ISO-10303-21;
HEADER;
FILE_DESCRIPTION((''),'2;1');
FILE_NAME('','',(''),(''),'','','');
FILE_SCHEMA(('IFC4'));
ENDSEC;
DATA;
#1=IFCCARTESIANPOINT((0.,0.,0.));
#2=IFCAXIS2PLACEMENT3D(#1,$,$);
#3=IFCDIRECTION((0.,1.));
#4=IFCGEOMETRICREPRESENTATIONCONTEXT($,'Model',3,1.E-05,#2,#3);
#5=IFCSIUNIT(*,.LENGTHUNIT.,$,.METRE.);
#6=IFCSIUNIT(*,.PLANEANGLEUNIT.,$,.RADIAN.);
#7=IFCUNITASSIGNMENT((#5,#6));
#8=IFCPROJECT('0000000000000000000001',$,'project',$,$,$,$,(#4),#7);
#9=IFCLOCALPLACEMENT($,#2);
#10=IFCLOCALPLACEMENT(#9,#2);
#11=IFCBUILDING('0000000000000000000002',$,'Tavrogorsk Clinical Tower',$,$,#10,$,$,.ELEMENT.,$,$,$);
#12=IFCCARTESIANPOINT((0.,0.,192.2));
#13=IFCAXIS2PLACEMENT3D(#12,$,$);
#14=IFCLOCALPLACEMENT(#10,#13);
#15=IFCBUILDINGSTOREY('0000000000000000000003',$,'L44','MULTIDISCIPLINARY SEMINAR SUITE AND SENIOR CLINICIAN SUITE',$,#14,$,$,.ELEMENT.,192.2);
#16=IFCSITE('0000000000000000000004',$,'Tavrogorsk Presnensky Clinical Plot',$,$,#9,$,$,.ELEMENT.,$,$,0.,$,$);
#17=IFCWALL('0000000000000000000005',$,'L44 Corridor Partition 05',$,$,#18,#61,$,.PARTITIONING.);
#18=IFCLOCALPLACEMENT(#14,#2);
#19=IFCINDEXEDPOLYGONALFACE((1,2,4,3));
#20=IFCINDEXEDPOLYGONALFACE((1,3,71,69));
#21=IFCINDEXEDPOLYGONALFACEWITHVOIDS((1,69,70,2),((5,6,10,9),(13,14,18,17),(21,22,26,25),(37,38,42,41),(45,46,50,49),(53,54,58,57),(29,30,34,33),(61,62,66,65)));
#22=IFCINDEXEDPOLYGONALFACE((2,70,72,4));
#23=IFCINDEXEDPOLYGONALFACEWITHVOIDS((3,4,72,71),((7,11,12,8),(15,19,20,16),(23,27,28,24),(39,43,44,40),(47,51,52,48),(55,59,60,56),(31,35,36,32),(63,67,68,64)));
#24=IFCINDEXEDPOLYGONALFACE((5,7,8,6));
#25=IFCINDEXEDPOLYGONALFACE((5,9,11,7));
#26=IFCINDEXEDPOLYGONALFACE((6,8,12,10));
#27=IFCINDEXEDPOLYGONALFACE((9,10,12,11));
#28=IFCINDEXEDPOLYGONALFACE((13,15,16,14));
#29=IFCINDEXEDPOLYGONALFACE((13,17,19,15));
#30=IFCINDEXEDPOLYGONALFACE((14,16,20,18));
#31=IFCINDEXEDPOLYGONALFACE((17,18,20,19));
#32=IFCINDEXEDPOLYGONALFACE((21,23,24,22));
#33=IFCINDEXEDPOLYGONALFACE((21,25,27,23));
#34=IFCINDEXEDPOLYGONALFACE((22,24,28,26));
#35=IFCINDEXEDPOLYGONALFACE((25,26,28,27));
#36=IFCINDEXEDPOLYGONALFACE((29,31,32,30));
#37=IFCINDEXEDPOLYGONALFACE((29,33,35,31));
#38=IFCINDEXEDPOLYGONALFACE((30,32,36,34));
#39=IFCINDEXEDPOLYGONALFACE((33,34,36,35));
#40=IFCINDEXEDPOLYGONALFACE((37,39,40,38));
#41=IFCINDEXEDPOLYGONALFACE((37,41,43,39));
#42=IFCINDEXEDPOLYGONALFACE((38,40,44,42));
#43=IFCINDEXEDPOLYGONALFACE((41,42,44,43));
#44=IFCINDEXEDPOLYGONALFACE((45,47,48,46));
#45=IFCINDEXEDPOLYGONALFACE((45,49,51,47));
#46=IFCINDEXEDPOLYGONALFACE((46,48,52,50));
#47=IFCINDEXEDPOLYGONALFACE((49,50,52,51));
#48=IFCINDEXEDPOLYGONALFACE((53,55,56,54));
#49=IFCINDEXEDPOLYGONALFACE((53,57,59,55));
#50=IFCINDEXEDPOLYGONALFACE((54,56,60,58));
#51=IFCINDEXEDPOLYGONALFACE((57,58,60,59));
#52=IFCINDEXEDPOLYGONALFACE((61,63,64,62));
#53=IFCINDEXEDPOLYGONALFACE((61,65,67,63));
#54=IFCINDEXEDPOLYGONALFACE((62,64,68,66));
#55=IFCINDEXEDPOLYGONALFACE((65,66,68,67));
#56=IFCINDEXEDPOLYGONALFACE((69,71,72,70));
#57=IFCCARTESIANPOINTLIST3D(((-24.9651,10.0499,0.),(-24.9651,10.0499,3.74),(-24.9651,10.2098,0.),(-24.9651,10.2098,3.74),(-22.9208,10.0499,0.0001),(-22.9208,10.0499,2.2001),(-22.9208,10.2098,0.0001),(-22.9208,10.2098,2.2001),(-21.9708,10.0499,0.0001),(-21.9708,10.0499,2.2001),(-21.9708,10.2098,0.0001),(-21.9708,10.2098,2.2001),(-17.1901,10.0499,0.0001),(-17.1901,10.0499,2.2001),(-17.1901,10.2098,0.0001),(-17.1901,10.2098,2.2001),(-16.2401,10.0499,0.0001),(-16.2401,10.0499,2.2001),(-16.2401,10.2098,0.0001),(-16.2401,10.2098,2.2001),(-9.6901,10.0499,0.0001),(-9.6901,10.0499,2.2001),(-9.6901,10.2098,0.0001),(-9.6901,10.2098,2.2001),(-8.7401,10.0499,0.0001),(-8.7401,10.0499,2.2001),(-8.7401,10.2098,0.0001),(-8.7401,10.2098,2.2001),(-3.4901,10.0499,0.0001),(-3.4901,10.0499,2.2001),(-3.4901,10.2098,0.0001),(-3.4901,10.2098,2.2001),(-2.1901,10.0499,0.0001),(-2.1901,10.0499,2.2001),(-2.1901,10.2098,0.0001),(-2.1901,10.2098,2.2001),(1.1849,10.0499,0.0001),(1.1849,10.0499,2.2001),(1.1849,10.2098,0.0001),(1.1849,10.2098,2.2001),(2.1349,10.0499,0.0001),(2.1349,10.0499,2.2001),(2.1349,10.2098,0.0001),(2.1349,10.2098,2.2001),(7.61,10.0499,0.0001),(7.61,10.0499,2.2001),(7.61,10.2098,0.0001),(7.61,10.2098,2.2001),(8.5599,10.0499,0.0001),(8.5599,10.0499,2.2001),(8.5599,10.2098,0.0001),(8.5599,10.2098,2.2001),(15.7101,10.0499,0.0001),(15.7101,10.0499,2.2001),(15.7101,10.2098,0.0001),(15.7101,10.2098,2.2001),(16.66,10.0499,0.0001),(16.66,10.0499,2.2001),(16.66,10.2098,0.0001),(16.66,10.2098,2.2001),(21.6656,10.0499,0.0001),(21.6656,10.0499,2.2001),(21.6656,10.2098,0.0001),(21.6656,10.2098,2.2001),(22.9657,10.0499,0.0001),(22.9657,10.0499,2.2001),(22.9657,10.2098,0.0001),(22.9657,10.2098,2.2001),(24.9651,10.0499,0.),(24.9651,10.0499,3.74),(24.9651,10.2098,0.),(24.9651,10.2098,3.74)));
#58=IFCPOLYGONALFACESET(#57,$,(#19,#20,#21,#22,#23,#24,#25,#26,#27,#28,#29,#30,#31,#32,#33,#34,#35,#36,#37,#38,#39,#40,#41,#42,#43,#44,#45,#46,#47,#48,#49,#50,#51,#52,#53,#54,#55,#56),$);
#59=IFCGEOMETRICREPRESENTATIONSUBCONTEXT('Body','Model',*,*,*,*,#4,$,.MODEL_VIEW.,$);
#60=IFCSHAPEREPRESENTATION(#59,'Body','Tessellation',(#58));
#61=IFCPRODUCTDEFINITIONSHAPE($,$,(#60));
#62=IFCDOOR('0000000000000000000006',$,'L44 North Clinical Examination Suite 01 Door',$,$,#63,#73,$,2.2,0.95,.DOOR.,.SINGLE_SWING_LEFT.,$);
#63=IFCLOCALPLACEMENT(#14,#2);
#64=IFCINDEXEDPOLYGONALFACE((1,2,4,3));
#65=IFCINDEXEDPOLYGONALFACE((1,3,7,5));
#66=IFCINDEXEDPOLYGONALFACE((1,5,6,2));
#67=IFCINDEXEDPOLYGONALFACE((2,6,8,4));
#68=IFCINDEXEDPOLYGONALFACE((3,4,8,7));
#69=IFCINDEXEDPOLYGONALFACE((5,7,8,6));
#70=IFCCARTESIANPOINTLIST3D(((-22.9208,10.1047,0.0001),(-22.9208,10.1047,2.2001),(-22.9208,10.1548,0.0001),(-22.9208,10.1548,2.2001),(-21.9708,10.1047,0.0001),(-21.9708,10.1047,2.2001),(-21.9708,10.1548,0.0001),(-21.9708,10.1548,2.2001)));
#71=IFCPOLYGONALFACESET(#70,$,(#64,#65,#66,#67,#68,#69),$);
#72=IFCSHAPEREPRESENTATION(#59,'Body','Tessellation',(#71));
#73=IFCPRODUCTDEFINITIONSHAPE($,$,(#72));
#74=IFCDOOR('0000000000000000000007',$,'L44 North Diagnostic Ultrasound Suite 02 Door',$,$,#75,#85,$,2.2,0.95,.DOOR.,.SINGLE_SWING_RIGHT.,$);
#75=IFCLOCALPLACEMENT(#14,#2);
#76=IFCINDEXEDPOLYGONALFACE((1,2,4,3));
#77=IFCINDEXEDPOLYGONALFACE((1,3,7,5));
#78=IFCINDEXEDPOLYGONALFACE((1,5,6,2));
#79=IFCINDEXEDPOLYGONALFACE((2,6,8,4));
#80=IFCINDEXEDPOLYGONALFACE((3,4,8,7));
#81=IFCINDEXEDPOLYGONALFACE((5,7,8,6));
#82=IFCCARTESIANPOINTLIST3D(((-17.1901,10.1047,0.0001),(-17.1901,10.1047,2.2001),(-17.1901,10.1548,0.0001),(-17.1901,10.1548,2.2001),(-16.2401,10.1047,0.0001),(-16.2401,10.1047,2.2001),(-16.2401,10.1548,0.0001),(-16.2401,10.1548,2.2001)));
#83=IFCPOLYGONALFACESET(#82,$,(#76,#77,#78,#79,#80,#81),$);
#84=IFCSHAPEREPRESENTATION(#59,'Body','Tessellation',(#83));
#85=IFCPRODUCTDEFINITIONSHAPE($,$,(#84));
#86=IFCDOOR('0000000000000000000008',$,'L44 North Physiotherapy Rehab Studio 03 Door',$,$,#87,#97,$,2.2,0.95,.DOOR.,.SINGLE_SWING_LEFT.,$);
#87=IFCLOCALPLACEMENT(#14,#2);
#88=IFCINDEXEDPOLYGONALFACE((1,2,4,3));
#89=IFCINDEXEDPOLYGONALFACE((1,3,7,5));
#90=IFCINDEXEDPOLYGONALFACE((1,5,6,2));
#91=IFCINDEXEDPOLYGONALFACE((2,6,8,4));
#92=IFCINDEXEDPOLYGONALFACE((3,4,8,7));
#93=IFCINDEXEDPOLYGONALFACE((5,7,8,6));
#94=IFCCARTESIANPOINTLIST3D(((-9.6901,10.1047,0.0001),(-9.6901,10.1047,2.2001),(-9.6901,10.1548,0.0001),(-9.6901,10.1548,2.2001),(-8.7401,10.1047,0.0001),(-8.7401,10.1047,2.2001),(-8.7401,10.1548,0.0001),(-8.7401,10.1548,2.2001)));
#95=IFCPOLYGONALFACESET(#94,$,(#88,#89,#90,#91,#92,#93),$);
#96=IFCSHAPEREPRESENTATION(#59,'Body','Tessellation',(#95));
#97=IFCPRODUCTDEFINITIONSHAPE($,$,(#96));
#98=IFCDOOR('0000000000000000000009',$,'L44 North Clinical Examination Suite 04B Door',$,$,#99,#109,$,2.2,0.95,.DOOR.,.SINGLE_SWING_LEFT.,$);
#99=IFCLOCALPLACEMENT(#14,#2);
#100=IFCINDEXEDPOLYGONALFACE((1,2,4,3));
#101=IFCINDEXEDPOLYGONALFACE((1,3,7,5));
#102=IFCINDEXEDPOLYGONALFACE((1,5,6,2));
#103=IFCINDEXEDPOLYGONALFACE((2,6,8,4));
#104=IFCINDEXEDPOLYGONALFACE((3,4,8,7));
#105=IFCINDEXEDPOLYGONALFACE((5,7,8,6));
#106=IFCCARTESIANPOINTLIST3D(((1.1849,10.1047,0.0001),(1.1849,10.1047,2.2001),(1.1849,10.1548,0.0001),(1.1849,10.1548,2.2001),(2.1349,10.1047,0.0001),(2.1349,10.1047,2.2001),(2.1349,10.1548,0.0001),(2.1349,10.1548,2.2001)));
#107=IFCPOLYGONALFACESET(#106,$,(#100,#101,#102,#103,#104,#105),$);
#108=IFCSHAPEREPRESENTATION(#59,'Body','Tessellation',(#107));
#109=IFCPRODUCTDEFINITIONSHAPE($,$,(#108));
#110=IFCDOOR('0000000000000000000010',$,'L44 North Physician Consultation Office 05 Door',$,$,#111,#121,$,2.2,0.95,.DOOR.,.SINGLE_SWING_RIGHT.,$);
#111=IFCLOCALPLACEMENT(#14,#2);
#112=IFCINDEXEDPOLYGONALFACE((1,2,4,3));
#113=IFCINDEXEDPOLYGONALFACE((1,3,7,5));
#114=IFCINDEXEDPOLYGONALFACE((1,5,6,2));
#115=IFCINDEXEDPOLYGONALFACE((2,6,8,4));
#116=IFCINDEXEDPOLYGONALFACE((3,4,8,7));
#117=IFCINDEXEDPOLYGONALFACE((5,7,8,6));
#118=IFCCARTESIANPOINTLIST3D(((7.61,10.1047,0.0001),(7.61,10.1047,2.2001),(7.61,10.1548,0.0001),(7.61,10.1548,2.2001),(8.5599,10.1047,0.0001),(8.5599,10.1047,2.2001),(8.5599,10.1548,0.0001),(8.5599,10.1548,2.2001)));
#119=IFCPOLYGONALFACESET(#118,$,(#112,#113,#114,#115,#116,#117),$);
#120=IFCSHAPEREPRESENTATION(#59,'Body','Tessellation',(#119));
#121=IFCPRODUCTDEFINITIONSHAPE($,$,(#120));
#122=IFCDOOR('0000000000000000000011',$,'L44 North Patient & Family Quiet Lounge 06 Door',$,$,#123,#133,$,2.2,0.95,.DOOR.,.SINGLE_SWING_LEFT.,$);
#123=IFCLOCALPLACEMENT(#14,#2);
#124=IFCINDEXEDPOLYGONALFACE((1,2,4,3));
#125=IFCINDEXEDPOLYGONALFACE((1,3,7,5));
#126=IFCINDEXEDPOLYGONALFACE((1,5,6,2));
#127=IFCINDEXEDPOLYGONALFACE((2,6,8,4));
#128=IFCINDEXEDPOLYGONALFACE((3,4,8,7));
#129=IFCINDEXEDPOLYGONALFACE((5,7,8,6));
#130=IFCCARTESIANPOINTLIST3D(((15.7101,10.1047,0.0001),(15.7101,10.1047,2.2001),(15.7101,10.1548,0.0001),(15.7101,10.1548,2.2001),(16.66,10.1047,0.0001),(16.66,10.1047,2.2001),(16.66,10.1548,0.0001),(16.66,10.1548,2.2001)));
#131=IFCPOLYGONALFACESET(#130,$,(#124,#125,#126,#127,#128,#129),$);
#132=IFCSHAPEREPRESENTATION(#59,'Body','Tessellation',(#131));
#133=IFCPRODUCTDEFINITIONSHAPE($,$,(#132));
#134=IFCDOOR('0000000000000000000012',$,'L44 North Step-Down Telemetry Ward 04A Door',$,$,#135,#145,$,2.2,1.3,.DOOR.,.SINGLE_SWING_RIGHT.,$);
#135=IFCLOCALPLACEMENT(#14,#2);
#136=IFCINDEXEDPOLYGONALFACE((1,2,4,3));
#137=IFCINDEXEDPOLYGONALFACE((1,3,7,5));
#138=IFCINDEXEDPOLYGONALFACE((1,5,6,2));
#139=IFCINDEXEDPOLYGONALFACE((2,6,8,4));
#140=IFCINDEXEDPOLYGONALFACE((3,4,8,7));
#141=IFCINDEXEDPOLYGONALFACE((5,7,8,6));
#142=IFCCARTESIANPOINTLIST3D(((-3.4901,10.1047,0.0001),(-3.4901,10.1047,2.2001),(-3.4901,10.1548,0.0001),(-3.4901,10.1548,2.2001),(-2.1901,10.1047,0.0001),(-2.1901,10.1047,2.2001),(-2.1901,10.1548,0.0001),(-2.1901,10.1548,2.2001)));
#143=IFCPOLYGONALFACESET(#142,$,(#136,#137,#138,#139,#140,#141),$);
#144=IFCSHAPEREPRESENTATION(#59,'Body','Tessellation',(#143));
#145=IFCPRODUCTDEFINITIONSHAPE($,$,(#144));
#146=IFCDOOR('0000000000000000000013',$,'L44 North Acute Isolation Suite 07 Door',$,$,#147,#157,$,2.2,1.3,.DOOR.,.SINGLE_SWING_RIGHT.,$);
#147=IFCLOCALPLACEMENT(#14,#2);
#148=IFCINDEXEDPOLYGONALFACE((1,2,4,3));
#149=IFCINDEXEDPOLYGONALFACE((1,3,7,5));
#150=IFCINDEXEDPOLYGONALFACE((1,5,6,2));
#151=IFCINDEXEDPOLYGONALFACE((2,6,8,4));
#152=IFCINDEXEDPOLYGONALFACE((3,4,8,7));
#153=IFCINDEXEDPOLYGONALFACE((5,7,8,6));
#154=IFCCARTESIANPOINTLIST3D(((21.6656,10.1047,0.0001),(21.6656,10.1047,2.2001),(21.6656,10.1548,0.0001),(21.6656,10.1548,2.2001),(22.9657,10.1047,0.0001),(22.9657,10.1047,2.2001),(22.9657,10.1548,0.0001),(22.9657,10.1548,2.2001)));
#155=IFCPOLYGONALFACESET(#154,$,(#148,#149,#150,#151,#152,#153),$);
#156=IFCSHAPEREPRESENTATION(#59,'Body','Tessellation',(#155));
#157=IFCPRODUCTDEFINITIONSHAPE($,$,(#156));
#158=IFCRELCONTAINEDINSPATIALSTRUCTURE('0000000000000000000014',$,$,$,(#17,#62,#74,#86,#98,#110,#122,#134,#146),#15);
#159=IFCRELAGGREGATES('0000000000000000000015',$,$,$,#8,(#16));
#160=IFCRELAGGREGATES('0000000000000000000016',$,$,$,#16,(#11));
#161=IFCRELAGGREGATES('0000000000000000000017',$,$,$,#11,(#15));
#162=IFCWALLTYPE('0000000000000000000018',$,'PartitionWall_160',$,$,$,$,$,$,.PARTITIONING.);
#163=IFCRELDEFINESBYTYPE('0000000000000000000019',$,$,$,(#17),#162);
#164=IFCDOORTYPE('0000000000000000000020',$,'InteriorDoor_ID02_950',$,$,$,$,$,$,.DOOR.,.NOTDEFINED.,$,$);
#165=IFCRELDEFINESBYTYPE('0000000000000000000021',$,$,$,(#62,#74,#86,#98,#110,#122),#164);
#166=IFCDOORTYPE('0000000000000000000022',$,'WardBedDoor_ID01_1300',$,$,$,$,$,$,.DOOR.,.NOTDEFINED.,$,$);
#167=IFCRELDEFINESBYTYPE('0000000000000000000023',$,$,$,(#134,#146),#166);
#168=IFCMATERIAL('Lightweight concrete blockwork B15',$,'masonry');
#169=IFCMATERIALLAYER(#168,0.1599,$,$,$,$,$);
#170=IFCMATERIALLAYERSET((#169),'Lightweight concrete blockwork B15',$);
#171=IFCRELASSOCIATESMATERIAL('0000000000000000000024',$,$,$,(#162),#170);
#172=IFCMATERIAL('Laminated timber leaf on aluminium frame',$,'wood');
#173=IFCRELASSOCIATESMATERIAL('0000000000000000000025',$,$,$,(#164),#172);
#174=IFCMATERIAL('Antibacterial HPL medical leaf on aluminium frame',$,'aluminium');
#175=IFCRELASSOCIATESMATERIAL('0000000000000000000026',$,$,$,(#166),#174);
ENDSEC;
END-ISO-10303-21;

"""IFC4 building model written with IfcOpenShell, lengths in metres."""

from ifc_helpers import new_model, si_unit, direction, frame, frame_2d, origin, place, context, subcontext, project, spatial, rectangle, extrude, material, layer, layer_set, type_object, element, fill, save


model = new_model("IFC4")

# Units and contexts
model_context = context("Model", 3, precision=1e-05, world=origin(), true_north=direction((0.0, 1.0)))
body_context = subcontext(model_context, "Body", "Model", "MODEL_VIEW")
ifc_project = project(units=[si_unit("LENGTHUNIT", "METRE"), si_unit("PLANEANGLEUNIT", "RADIAN")], contexts=[model_context])

# Site, building, storey
site_placement = place(None, origin())
site = spatial("IfcSite", under=ifc_project, at=site_placement, Name="Tavrogorsk Presnensky Clinical Plot", CompositionType="ELEMENT", RefElevation=0.0)
building_placement = place(site_placement, origin())
building = spatial("IfcBuilding", under=site, at=building_placement, Name="Tavrogorsk Clinical Tower", CompositionType="ELEMENT")
storey_placement = place(building_placement, frame((0.0, 0.0, 192.2)))
storey = spatial("IfcBuildingStorey", under=building, at=storey_placement, Name="L44", Description="MULTIDISCIPLINARY SEMINAR SUITE AND SENIOR CLINICIAN SUITE", CompositionType="ELEMENT", Elevation=192.2)

# Shared definitions
ifc_material_1 = material(Name="Lightweight concrete blockwork B15", Category="masonry")
ifc_layer_1 = layer(ifc_material_1, 0.1599)
ifc_layer_set_1 = layer_set([ifc_layer_1], Name="Lightweight concrete blockwork B15")
wall_type_1 = type_object("IfcWallType", Name="PartitionWall_160", PredefinedType="PARTITIONING", material=ifc_layer_set_1)
ifc_material_2 = material(Name="Laminated timber leaf on aluminium frame", Category="wood")
door_type_1 = type_object("IfcDoorType", Name="InteriorDoor_ID02_950", OperationType="NOTDEFINED", PredefinedType="DOOR", material=ifc_material_2)

# Wall, openings, doors
wall_1_placement = place(storey_placement, frame((-24.9651, 10.1299, 0.0), z_axis=(0.0, 0.0, 1.0), x_axis=(1.0, 0.0, 0.0)))
wall_1 = element("IfcWall", 1, at=wall_1_placement, inside=storey, type_object=wall_type_1, Name="L44 Corridor Partition 05", PredefinedType="PARTITIONING", context=body_context, shape_type="SweptSolid", body=[
    extrude(rectangle(XDim=49.9302, YDim=0.1599, at=frame_2d((24.9651, 0.0))), origin(), (0.0, 0.0, 1.0), 3.74),
])
opening_1_placement = place(wall_1_placement, frame((2.0442, 0.0, 0.0)))
opening_1 = element("IfcOpeningElement", 2, at=opening_1_placement, cuts=wall_1, PredefinedType="OPENING", context=body_context, shape_type="SweptSolid", body=[
    extrude(rectangle(XDim=0.95, YDim=2.2, at=frame_2d((0.4751, 1.1001))), frame((0.0, 0.0898, 0.0), z_axis=(0.0, -1.0, 0.0), x_axis=(1.0, 0.0, 0.0)), (0.0, 0.0, 1.0), 0.1799),
])
opening_2_placement = place(wall_1_placement, frame((7.7749, 0.0, 0.0)))
opening_2 = element("IfcOpeningElement", 3, at=opening_2_placement, cuts=wall_1, PredefinedType="OPENING", context=body_context, shape_type="SweptSolid", body=[
    extrude(rectangle(XDim=0.95, YDim=2.2, at=frame_2d((0.4751, 1.1001))), frame((0.0, 0.0898, 0.0), z_axis=(0.0, -1.0, 0.0), x_axis=(1.0, 0.0, 0.0)), (0.0, 0.0, 1.0), 0.1799),
])
opening_3_placement = place(wall_1_placement, frame((15.2749, 0.0, 0.0)))
opening_3 = element("IfcOpeningElement", 4, at=opening_3_placement, cuts=wall_1, PredefinedType="OPENING", context=body_context, shape_type="SweptSolid", body=[
    extrude(rectangle(XDim=0.95, YDim=2.2, at=frame_2d((0.4751, 1.1001))), frame((0.0, 0.0898, 0.0), z_axis=(0.0, -1.0, 0.0), x_axis=(1.0, 0.0, 0.0)), (0.0, 0.0, 1.0), 0.1799),
])
opening_4_placement = place(wall_1_placement, frame((21.4751, 0.0, 0.0)))
opening_4 = element("IfcOpeningElement", 5, at=opening_4_placement, cuts=wall_1, PredefinedType="OPENING", context=body_context, shape_type="SweptSolid", body=[
    extrude(rectangle(XDim=1.3, YDim=2.2, at=frame_2d((0.6499, 1.1001))), frame((0.0, 0.0898, 0.0), z_axis=(0.0, -1.0, 0.0), x_axis=(1.0, 0.0, 0.0)), (0.0, 0.0, 1.0), 0.1799),
])
opening_5_placement = place(wall_1_placement, frame((26.1499, 0.0, 0.0)))
opening_5 = element("IfcOpeningElement", 6, at=opening_5_placement, cuts=wall_1, PredefinedType="OPENING", context=body_context, shape_type="SweptSolid", body=[
    extrude(rectangle(XDim=0.95, YDim=2.2, at=frame_2d((0.4751, 1.1001))), frame((0.0, 0.0898, 0.0), z_axis=(0.0, -1.0, 0.0), x_axis=(1.0, 0.0, 0.0)), (0.0, 0.0, 1.0), 0.1799),
])
opening_6_placement = place(wall_1_placement, frame((32.575, 0.0, 0.0)))
opening_6 = element("IfcOpeningElement", 7, at=opening_6_placement, cuts=wall_1, PredefinedType="OPENING", context=body_context, shape_type="SweptSolid", body=[
    extrude(rectangle(XDim=0.95, YDim=2.2, at=frame_2d((0.4751, 1.1001))), frame((0.0, 0.0898, 0.0), z_axis=(0.0, -1.0, 0.0), x_axis=(1.0, 0.0, 0.0)), (0.0, 0.0, 1.0), 0.1799),
])
opening_7_placement = place(wall_1_placement, frame((40.675, 0.0, 0.0)))
opening_7 = element("IfcOpeningElement", 8, at=opening_7_placement, cuts=wall_1, PredefinedType="OPENING", context=body_context, shape_type="SweptSolid", body=[
    extrude(rectangle(XDim=0.95, YDim=2.2, at=frame_2d((0.4751, 1.1001))), frame((0.0, 0.0898, 0.0), z_axis=(0.0, -1.0, 0.0), x_axis=(1.0, 0.0, 0.0)), (0.0, 0.0, 1.0), 0.1799),
])
opening_8_placement = place(wall_1_placement, frame((46.6309, 0.0, 0.0)))
opening_8 = element("IfcOpeningElement", 9, at=opening_8_placement, cuts=wall_1, PredefinedType="OPENING", context=body_context, shape_type="SweptSolid", body=[
    extrude(rectangle(XDim=1.3, YDim=2.2, at=frame_2d((0.6499, 1.1001))), frame((0.0, 0.0898, 0.0), z_axis=(0.0, -1.0, 0.0), x_axis=(1.0, 0.0, 0.0)), (0.0, 0.0, 1.0), 0.1799),
])
door_1_placement = place(opening_1_placement, origin())
door_1 = element("IfcDoor", 10, at=door_1_placement, inside=storey, type_object=door_type_1, Name="L44 North Clinical Examination Suite 01 Door", OperationType="SINGLE_SWING_LEFT", OverallHeight=2.2, OverallWidth=0.95, PredefinedType="DOOR", context=body_context, shape_type="SweptSolid", body=[
    extrude(rectangle(XDim=0.95, YDim=2.2, at=frame_2d((0.4751, 1.1001))), frame((0.0, 0.0249, 0.0), z_axis=(0.0, -1.0, 0.0), x_axis=(1.0, 0.0, 0.0)), (0.0, 0.0, 1.0), 0.05),
])
fill(opening_1, door_1)
door_2_placement = place(opening_2_placement, origin())
door_2 = element("IfcDoor", 11, at=door_2_placement, inside=storey, type_object=door_type_1, Name="L44 North Diagnostic Ultrasound Suite 02 Door", OperationType="SINGLE_SWING_RIGHT", OverallHeight=2.2, OverallWidth=0.95, PredefinedType="DOOR", context=body_context, shape_type="SweptSolid", body=[
    extrude(rectangle(XDim=0.95, YDim=2.2, at=frame_2d((0.4751, 1.1001))), frame((0.0, 0.0249, 0.0), z_axis=(0.0, -1.0, 0.0), x_axis=(1.0, 0.0, 0.0)), (0.0, 0.0, 1.0), 0.05),
])
fill(opening_2, door_2)
door_3_placement = place(opening_3_placement, origin())
door_3 = element("IfcDoor", 12, at=door_3_placement, inside=storey, type_object=door_type_1, Name="L44 North Physiotherapy Rehab Studio 03 Door", OperationType="SINGLE_SWING_LEFT", OverallHeight=2.2, OverallWidth=0.95, PredefinedType="DOOR", context=body_context, shape_type="SweptSolid", body=[
    extrude(rectangle(XDim=0.95, YDim=2.2, at=frame_2d((0.4751, 1.1001))), frame((0.0, 0.0249, 0.0), z_axis=(0.0, -1.0, 0.0), x_axis=(1.0, 0.0, 0.0)), (0.0, 0.0, 1.0), 0.05),
])
fill(opening_3, door_3)
door_4_placement = place(opening_5_placement, origin())
door_4 = element("IfcDoor", 13, at=door_4_placement, inside=storey, type_object=door_type_1, Name="L44 North Clinical Examination Suite 04B Door", OperationType="SINGLE_SWING_LEFT", OverallHeight=2.2, OverallWidth=0.95, PredefinedType="DOOR", context=body_context, shape_type="SweptSolid", body=[
    extrude(rectangle(XDim=0.95, YDim=2.2, at=frame_2d((0.4751, 1.1001))), frame((0.0, 0.0249, 0.0), z_axis=(0.0, -1.0, 0.0), x_axis=(1.0, 0.0, 0.0)), (0.0, 0.0, 1.0), 0.05),
])
fill(opening_5, door_4)
door_5_placement = place(opening_6_placement, origin())
door_5 = element("IfcDoor", 14, at=door_5_placement, inside=storey, type_object=door_type_1, Name="L44 North Physician Consultation Office 05 Door", OperationType="SINGLE_SWING_RIGHT", OverallHeight=2.2, OverallWidth=0.95, PredefinedType="DOOR", context=body_context, shape_type="SweptSolid", body=[
    extrude(rectangle(XDim=0.95, YDim=2.2, at=frame_2d((0.4751, 1.1001))), frame((0.0, 0.0249, 0.0), z_axis=(0.0, -1.0, 0.0), x_axis=(1.0, 0.0, 0.0)), (0.0, 0.0, 1.0), 0.05),
])
fill(opening_6, door_5)
door_6_placement = place(opening_7_placement, origin())
door_6 = element("IfcDoor", 15, at=door_6_placement, inside=storey, type_object=door_type_1, Name="L44 North Patient & Family Quiet Lounge 06 Door", OperationType="SINGLE_SWING_LEFT", OverallHeight=2.2, OverallWidth=0.95, PredefinedType="DOOR", context=body_context, shape_type="SweptSolid", body=[
    extrude(rectangle(XDim=0.95, YDim=2.2, at=frame_2d((0.4751, 1.1001))), frame((0.0, 0.0249, 0.0), z_axis=(0.0, -1.0, 0.0), x_axis=(1.0, 0.0, 0.0)), (0.0, 0.0, 1.0), 0.05),
])
fill(opening_7, door_6)
ifc_material_3 = material(Name="Antibacterial HPL medical leaf on aluminium frame", Category="aluminium")
door_type_2 = type_object("IfcDoorType", Name="WardBedDoor_ID01_1300", OperationType="NOTDEFINED", PredefinedType="DOOR", material=ifc_material_3)
door_7_placement = place(opening_4_placement, origin())
door_7 = element("IfcDoor", 16, at=door_7_placement, inside=storey, type_object=door_type_2, Name="L44 North Step-Down Telemetry Ward 04A Door", OperationType="SINGLE_SWING_RIGHT", OverallHeight=2.2, OverallWidth=1.3, PredefinedType="DOOR", context=body_context, shape_type="SweptSolid", body=[
    extrude(rectangle(XDim=1.3, YDim=2.2, at=frame_2d((0.6499, 1.1001))), frame((0.0, 0.0249, 0.0), z_axis=(0.0, -1.0, 0.0), x_axis=(1.0, 0.0, 0.0)), (0.0, 0.0, 1.0), 0.05),
])
fill(opening_4, door_7)
door_8_placement = place(opening_8_placement, origin())
door_8 = element("IfcDoor", 17, at=door_8_placement, inside=storey, type_object=door_type_2, Name="L44 North Acute Isolation Suite 07 Door", OperationType="SINGLE_SWING_RIGHT", OverallHeight=2.2, OverallWidth=1.3, PredefinedType="DOOR", context=body_context, shape_type="SweptSolid", body=[
    extrude(rectangle(XDim=1.3, YDim=2.2, at=frame_2d((0.6499, 1.1001))), frame((0.0, 0.0249, 0.0), z_axis=(0.0, -1.0, 0.0), x_axis=(1.0, 0.0, 0.0)), (0.0, 0.0, 1.0), 0.05),
])
fill(opening_8, door_8)

save(model, "model.ifc")
